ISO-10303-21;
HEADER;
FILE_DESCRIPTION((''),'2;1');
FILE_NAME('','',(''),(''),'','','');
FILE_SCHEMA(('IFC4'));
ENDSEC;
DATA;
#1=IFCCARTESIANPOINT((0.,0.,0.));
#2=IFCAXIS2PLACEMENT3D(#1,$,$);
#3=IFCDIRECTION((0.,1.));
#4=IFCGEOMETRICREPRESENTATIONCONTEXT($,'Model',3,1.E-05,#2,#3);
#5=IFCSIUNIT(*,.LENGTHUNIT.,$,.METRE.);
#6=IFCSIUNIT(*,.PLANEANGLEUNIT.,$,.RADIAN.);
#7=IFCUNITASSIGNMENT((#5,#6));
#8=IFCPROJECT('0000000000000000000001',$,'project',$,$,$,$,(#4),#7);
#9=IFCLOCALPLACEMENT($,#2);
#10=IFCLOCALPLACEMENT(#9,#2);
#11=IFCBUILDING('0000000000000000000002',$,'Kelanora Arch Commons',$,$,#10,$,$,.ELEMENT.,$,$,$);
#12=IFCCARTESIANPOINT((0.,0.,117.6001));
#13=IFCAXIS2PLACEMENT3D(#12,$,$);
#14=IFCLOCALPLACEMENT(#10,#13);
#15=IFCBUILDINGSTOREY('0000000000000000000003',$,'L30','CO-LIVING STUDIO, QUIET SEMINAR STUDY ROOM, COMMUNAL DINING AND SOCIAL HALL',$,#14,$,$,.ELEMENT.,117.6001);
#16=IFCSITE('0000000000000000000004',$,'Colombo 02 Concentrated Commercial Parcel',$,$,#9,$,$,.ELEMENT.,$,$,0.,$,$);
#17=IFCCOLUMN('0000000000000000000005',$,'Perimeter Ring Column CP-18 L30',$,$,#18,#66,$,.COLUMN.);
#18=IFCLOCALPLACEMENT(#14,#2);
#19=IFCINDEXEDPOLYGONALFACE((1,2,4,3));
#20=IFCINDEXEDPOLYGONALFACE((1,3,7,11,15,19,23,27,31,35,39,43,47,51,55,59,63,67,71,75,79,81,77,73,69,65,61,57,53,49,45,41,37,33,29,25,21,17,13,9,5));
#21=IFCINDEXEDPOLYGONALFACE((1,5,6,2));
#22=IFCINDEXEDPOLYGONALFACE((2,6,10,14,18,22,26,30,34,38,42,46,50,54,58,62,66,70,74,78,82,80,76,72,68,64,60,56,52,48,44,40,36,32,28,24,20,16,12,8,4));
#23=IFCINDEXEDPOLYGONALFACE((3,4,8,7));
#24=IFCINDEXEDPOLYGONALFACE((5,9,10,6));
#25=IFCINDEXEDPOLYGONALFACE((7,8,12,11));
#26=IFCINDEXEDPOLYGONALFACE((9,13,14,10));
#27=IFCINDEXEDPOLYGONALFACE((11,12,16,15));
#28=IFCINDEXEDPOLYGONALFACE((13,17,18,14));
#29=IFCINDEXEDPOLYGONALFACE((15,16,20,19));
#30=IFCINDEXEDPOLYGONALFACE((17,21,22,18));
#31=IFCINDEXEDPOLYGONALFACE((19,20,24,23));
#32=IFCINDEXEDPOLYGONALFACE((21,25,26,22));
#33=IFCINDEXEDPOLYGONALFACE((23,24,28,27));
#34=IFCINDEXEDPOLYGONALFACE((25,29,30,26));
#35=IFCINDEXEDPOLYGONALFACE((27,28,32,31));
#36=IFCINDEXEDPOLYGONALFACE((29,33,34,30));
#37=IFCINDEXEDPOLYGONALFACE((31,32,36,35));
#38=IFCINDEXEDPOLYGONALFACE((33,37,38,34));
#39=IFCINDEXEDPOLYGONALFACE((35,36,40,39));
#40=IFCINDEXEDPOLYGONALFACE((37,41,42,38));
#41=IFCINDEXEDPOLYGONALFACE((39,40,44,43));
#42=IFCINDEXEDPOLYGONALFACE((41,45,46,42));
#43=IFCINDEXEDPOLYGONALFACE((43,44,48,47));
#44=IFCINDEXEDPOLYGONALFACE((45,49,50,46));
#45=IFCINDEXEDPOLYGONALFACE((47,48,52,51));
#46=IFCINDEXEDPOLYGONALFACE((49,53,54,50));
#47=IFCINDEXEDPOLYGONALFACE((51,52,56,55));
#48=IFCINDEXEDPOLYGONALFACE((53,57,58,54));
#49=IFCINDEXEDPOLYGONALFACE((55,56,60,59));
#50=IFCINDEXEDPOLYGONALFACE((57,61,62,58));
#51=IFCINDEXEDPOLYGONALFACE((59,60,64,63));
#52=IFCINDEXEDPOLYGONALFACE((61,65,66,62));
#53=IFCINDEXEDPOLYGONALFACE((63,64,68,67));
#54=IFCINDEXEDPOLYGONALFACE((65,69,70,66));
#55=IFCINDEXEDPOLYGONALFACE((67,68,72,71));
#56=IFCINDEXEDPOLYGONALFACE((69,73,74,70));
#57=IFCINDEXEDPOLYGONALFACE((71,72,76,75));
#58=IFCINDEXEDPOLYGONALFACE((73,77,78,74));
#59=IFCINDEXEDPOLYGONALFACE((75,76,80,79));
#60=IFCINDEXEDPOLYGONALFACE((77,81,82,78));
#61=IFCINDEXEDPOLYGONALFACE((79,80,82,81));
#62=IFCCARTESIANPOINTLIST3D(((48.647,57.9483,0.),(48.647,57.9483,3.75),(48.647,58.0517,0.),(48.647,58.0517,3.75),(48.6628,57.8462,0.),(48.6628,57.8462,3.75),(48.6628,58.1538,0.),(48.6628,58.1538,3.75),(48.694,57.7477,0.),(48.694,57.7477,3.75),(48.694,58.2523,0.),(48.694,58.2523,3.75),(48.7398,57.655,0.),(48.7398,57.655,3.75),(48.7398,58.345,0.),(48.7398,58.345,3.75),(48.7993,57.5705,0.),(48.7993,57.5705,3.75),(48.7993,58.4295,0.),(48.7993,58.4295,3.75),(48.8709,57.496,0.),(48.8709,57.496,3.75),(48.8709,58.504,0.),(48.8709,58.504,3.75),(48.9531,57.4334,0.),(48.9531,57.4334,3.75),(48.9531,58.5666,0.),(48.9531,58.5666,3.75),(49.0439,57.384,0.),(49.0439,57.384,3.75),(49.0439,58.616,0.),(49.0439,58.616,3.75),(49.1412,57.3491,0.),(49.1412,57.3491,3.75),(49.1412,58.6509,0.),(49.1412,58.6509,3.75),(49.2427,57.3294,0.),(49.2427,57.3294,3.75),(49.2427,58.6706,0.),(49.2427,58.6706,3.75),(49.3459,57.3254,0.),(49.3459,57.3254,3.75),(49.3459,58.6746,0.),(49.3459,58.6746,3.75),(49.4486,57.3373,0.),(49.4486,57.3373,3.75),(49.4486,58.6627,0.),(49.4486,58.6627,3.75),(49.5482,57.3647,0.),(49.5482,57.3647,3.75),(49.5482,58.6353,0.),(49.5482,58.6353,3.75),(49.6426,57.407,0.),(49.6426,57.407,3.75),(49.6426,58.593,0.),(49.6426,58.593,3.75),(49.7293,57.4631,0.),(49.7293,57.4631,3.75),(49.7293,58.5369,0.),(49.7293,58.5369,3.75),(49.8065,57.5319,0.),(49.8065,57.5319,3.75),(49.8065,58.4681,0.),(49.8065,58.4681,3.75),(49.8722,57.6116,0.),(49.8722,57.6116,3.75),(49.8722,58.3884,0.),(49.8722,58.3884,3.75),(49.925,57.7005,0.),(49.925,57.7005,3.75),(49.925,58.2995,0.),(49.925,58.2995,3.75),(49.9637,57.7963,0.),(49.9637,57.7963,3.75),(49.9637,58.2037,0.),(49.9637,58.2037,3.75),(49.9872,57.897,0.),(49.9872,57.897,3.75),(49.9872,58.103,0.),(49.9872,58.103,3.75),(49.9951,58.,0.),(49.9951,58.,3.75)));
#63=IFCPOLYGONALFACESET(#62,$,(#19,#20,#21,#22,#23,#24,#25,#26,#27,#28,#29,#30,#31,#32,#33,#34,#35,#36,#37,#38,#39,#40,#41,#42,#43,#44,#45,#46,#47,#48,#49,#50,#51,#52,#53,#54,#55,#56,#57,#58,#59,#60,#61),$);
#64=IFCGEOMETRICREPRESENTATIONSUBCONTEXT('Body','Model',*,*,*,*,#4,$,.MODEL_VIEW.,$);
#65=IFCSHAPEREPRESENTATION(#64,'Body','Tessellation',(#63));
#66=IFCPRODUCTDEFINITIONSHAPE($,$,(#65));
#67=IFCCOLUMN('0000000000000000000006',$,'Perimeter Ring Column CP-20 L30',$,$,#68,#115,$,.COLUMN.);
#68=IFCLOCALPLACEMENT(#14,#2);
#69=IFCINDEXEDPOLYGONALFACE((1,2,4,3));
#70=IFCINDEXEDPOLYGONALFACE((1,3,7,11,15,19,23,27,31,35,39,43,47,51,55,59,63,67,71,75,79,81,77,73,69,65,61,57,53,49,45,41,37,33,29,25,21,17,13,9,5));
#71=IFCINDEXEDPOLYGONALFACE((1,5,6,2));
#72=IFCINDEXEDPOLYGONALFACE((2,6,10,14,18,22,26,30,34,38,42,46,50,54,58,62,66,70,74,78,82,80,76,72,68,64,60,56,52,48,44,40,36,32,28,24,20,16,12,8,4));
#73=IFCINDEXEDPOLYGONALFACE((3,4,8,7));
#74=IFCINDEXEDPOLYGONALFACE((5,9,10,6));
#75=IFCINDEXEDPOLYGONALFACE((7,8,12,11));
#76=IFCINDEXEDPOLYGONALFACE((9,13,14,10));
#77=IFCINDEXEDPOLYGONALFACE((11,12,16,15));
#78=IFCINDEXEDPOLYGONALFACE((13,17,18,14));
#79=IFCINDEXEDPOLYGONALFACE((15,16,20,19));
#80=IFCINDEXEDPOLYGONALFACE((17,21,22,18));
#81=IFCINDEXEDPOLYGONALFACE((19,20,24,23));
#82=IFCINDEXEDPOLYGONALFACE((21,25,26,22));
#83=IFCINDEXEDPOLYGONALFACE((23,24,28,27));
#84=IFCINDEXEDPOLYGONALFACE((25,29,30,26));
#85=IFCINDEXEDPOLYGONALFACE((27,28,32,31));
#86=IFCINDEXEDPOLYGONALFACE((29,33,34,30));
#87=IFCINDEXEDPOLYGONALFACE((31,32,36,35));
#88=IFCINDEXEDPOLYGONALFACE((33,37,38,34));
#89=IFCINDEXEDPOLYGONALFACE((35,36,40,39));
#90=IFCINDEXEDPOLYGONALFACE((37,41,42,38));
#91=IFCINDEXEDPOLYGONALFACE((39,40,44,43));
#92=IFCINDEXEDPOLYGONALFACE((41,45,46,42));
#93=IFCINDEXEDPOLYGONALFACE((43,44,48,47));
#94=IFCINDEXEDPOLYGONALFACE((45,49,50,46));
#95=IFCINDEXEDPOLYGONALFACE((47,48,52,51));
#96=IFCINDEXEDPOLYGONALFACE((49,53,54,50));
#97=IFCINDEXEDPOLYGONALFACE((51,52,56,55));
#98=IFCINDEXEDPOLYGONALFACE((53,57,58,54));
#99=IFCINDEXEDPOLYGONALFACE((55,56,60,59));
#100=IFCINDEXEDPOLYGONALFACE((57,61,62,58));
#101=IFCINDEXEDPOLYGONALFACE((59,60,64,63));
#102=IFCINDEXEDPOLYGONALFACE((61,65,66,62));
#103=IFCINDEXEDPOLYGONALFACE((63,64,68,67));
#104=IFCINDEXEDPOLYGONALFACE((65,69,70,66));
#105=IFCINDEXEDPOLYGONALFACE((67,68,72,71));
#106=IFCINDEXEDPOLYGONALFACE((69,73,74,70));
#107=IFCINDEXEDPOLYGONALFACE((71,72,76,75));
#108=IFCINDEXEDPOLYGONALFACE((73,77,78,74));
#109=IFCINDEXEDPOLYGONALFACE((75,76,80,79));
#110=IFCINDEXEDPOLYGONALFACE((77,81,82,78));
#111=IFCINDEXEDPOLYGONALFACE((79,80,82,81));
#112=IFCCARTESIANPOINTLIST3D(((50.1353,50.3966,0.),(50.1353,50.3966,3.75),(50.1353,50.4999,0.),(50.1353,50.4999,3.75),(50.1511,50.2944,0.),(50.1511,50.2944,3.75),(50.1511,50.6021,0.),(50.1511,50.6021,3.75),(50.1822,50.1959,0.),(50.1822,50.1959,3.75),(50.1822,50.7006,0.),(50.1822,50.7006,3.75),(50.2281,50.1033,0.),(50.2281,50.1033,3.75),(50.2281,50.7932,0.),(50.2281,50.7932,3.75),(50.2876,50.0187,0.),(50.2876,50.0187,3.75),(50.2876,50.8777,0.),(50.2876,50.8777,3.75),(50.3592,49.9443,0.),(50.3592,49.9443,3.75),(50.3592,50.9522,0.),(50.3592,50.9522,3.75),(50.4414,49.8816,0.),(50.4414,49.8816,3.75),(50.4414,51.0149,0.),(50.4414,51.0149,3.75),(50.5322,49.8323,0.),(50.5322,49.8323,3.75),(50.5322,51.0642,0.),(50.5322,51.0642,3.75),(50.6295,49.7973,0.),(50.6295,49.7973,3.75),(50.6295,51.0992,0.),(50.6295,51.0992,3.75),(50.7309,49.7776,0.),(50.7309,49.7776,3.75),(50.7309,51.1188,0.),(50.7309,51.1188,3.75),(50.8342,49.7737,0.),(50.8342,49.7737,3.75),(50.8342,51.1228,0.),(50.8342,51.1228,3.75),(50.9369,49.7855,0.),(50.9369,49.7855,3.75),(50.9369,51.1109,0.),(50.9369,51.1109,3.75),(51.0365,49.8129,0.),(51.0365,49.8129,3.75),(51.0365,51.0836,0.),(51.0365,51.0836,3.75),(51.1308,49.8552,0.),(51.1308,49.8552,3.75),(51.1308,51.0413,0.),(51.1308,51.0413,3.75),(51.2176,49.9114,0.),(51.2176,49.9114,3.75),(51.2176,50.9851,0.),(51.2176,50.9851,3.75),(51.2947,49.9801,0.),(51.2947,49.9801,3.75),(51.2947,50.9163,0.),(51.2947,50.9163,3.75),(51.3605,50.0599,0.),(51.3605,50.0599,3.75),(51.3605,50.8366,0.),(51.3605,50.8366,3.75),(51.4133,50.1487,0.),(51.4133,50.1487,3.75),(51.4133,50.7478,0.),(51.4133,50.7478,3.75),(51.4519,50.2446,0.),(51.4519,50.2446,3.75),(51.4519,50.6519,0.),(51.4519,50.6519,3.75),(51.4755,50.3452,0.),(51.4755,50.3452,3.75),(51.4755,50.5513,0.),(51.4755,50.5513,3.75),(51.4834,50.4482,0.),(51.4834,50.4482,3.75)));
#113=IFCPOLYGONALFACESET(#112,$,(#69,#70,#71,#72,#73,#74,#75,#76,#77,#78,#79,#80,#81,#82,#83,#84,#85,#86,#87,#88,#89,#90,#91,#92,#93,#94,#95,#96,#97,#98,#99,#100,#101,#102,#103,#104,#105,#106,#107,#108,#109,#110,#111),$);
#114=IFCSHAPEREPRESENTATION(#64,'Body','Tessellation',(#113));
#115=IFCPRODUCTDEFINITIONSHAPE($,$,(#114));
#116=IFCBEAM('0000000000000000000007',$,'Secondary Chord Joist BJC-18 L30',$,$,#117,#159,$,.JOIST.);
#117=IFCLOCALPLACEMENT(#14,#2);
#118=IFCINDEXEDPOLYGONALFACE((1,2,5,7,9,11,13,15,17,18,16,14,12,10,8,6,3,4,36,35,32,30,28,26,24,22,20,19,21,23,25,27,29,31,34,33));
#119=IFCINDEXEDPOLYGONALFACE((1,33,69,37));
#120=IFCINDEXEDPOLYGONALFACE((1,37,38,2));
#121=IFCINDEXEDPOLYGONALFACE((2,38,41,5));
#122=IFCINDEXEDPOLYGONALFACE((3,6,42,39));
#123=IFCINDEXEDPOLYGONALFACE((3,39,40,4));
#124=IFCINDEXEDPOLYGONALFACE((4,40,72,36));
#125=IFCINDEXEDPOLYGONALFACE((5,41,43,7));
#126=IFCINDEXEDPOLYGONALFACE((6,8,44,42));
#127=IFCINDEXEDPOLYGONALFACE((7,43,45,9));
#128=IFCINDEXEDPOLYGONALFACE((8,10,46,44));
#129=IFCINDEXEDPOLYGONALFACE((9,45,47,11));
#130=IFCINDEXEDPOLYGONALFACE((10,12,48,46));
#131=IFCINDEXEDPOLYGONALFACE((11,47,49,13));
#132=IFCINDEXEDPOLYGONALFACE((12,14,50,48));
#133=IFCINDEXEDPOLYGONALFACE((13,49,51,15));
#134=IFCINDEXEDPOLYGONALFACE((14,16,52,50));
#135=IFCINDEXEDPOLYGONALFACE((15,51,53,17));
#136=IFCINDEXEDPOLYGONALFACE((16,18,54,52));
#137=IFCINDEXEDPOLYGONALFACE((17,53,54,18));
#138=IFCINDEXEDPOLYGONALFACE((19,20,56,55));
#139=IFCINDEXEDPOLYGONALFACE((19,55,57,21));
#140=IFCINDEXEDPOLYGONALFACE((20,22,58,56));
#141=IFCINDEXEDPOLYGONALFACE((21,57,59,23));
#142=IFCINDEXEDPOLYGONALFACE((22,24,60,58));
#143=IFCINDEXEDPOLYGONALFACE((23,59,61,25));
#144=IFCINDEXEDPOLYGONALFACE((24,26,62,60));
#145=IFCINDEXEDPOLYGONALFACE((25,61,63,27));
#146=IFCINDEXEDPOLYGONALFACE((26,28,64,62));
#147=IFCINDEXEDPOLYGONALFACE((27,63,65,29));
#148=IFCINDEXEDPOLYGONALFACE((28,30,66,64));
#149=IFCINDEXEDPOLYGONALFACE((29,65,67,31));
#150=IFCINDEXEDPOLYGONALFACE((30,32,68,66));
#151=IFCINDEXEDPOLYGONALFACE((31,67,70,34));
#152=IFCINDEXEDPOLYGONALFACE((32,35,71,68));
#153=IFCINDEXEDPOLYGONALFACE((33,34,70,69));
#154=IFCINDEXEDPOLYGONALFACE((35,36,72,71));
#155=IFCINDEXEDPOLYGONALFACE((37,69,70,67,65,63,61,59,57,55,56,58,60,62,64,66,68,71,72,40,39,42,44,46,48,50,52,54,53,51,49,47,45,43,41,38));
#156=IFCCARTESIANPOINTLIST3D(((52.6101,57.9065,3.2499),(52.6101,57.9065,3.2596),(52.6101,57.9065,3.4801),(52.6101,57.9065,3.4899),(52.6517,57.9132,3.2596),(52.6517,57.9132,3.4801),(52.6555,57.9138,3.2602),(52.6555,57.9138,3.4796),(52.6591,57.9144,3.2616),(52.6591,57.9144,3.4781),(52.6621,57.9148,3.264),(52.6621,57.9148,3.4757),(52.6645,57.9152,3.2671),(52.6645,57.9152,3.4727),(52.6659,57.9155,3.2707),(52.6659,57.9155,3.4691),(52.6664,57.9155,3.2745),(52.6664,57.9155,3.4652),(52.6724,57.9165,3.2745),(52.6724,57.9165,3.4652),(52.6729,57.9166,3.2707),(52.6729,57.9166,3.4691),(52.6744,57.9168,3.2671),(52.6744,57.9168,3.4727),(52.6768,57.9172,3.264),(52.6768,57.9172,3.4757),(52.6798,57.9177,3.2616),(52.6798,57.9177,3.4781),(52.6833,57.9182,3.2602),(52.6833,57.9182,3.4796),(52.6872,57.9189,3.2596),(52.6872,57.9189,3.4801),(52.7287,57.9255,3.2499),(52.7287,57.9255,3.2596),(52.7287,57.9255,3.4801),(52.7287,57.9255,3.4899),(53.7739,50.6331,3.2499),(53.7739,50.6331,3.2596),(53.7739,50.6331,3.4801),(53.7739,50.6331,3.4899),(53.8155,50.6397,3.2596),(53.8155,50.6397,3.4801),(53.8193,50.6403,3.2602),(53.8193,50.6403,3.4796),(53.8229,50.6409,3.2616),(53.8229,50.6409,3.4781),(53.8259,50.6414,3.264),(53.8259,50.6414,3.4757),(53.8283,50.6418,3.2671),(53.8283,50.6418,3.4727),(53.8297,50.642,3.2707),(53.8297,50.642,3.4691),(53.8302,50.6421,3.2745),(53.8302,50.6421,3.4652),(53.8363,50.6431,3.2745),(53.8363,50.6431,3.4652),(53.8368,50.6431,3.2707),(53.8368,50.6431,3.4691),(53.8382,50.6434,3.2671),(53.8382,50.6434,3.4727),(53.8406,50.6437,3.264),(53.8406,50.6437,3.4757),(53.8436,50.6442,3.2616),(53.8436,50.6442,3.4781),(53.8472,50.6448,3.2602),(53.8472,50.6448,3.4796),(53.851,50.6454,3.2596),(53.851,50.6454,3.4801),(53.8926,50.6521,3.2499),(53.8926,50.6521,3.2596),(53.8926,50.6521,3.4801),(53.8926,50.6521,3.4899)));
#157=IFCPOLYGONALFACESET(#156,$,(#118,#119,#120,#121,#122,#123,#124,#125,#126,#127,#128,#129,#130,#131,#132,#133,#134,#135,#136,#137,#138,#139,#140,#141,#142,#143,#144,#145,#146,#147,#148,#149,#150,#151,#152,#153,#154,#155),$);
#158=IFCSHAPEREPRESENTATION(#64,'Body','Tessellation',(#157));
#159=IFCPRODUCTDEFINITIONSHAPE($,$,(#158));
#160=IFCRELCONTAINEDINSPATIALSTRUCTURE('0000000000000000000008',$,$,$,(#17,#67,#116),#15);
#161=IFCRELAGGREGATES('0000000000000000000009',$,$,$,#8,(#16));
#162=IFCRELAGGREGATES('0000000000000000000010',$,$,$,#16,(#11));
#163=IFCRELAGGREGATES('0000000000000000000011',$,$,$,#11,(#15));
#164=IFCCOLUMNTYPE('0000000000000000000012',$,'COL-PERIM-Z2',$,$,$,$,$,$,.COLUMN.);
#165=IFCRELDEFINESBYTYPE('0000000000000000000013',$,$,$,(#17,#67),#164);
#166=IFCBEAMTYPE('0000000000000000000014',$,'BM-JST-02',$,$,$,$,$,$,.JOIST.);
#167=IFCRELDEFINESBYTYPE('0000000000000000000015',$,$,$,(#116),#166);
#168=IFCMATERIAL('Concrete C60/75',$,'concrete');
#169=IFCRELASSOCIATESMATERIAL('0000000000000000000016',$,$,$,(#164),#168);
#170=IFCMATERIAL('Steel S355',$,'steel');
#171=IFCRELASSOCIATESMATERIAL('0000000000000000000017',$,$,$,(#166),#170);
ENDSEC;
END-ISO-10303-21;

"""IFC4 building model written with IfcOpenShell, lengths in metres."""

from ifc_helpers import new_model, si_unit, direction, frame, origin, origin_2d, place, context, subcontext, project, spatial, circle, i_section, extrude, material, material_profile, profile_set, type_object, element, save


model = new_model("IFC4")

# Units and contexts
model_context = context("Model", 3, precision=1e-05, world=origin(), true_north=direction((0.0, 1.0)))
body_context = subcontext(model_context, "Body", "Model", "MODEL_VIEW")
ifc_project = project(units=[si_unit("LENGTHUNIT", "METRE"), si_unit("PLANEANGLEUNIT", "RADIAN")], contexts=[model_context])

# Site, building, storey
site_placement = place(None, origin())
site = spatial("IfcSite", under=ifc_project, at=site_placement, Name="Colombo 02 Concentrated Commercial Parcel", CompositionType="ELEMENT", RefElevation=0.0)
building_placement = place(site_placement, origin())
building = spatial("IfcBuilding", under=site, at=building_placement, Name="Kelanora Arch Commons", CompositionType="ELEMENT")
storey_placement = place(building_placement, frame((0.0, 0.0, 117.6001)))
storey = spatial("IfcBuildingStorey", under=building, at=storey_placement, Name="L30", Description="CO-LIVING STUDIO, QUIET SEMINAR STUDY ROOM, COMMUNAL DINING AND SOCIAL HALL", CompositionType="ELEMENT", Elevation=117.6001)

# Columns
ifc_material_1 = material(Name="Concrete C60/75", Category="concrete")
ifc_material_profile_1 = material_profile(ifc_material_1, circle(Radius=0.675, at=origin_2d()), Name="RCC1350")
ifc_profile_set_1 = profile_set([ifc_material_profile_1], Name="Concrete C60/75")
column_type = type_object("IfcColumnType", Name="COL-PERIM-Z2", PredefinedType="COLUMN", material=ifc_profile_set_1)
for number, where, z_axis, x_axis, name in (
    (1, (49.3201, 58.0, 0.0), (0.0, 0.0, 1.0), (1.0, 0.0, 0.0), "Perimeter Ring Column CP-18 L30"),
    (2, (50.8083, 50.4482, 0.0), (0.0, 0.0, 1.0), (1.0, 0.0, 0.0), "Perimeter Ring Column CP-20 L30"),
):
    element("IfcColumn", number, at=place(storey_placement, frame(where, z_axis=z_axis, x_axis=x_axis)), inside=storey, type_object=column_type, Name=name, PredefinedType="COLUMN", context=body_context, shape_type="SweptSolid", body=[
        extrude(circle(Radius=0.675, at=origin_2d()), origin(), (0.0, 0.0, 1.0), 3.75),
    ])

# Beam
ifc_material_2 = material(Name="Steel S355", Category="steel")
ifc_material_profile_2 = material_profile(ifc_material_2, i_section(OverallWidth=0.1201, OverallDepth=0.24, WebThickness=0.0061, FlangeThickness=0.0098, FilletRadius=0.0149, at=origin_2d()), Name="IPE240")
ifc_profile_set_2 = profile_set([ifc_material_profile_2], Name="Steel S355")
beam_type_1 = type_object("IfcBeamType", Name="BM-JST-02", PredefinedType="JOIST", material=ifc_profile_set_2)
beam_1_placement = place(storey_placement, frame((52.6694, 57.916, 3.3699), z_axis=(0.158, -0.987439, 0.0), x_axis=(0.987439, 0.158, 0.0)))
element("IfcBeam", 3, at=beam_1_placement, inside=storey, type_object=beam_type_1, Name="Secondary Chord Joist BJC-18 L30", PredefinedType="JOIST", context=body_context, shape_type="SweptSolid", body=[
    extrude(i_section(OverallWidth=0.1201, OverallDepth=0.24, WebThickness=0.0061, FlangeThickness=0.0098, FilletRadius=0.0149, at=origin_2d()), origin(), (0.0, 0.0, 1.0), 7.366),
])

save(model, "model.ifc")
